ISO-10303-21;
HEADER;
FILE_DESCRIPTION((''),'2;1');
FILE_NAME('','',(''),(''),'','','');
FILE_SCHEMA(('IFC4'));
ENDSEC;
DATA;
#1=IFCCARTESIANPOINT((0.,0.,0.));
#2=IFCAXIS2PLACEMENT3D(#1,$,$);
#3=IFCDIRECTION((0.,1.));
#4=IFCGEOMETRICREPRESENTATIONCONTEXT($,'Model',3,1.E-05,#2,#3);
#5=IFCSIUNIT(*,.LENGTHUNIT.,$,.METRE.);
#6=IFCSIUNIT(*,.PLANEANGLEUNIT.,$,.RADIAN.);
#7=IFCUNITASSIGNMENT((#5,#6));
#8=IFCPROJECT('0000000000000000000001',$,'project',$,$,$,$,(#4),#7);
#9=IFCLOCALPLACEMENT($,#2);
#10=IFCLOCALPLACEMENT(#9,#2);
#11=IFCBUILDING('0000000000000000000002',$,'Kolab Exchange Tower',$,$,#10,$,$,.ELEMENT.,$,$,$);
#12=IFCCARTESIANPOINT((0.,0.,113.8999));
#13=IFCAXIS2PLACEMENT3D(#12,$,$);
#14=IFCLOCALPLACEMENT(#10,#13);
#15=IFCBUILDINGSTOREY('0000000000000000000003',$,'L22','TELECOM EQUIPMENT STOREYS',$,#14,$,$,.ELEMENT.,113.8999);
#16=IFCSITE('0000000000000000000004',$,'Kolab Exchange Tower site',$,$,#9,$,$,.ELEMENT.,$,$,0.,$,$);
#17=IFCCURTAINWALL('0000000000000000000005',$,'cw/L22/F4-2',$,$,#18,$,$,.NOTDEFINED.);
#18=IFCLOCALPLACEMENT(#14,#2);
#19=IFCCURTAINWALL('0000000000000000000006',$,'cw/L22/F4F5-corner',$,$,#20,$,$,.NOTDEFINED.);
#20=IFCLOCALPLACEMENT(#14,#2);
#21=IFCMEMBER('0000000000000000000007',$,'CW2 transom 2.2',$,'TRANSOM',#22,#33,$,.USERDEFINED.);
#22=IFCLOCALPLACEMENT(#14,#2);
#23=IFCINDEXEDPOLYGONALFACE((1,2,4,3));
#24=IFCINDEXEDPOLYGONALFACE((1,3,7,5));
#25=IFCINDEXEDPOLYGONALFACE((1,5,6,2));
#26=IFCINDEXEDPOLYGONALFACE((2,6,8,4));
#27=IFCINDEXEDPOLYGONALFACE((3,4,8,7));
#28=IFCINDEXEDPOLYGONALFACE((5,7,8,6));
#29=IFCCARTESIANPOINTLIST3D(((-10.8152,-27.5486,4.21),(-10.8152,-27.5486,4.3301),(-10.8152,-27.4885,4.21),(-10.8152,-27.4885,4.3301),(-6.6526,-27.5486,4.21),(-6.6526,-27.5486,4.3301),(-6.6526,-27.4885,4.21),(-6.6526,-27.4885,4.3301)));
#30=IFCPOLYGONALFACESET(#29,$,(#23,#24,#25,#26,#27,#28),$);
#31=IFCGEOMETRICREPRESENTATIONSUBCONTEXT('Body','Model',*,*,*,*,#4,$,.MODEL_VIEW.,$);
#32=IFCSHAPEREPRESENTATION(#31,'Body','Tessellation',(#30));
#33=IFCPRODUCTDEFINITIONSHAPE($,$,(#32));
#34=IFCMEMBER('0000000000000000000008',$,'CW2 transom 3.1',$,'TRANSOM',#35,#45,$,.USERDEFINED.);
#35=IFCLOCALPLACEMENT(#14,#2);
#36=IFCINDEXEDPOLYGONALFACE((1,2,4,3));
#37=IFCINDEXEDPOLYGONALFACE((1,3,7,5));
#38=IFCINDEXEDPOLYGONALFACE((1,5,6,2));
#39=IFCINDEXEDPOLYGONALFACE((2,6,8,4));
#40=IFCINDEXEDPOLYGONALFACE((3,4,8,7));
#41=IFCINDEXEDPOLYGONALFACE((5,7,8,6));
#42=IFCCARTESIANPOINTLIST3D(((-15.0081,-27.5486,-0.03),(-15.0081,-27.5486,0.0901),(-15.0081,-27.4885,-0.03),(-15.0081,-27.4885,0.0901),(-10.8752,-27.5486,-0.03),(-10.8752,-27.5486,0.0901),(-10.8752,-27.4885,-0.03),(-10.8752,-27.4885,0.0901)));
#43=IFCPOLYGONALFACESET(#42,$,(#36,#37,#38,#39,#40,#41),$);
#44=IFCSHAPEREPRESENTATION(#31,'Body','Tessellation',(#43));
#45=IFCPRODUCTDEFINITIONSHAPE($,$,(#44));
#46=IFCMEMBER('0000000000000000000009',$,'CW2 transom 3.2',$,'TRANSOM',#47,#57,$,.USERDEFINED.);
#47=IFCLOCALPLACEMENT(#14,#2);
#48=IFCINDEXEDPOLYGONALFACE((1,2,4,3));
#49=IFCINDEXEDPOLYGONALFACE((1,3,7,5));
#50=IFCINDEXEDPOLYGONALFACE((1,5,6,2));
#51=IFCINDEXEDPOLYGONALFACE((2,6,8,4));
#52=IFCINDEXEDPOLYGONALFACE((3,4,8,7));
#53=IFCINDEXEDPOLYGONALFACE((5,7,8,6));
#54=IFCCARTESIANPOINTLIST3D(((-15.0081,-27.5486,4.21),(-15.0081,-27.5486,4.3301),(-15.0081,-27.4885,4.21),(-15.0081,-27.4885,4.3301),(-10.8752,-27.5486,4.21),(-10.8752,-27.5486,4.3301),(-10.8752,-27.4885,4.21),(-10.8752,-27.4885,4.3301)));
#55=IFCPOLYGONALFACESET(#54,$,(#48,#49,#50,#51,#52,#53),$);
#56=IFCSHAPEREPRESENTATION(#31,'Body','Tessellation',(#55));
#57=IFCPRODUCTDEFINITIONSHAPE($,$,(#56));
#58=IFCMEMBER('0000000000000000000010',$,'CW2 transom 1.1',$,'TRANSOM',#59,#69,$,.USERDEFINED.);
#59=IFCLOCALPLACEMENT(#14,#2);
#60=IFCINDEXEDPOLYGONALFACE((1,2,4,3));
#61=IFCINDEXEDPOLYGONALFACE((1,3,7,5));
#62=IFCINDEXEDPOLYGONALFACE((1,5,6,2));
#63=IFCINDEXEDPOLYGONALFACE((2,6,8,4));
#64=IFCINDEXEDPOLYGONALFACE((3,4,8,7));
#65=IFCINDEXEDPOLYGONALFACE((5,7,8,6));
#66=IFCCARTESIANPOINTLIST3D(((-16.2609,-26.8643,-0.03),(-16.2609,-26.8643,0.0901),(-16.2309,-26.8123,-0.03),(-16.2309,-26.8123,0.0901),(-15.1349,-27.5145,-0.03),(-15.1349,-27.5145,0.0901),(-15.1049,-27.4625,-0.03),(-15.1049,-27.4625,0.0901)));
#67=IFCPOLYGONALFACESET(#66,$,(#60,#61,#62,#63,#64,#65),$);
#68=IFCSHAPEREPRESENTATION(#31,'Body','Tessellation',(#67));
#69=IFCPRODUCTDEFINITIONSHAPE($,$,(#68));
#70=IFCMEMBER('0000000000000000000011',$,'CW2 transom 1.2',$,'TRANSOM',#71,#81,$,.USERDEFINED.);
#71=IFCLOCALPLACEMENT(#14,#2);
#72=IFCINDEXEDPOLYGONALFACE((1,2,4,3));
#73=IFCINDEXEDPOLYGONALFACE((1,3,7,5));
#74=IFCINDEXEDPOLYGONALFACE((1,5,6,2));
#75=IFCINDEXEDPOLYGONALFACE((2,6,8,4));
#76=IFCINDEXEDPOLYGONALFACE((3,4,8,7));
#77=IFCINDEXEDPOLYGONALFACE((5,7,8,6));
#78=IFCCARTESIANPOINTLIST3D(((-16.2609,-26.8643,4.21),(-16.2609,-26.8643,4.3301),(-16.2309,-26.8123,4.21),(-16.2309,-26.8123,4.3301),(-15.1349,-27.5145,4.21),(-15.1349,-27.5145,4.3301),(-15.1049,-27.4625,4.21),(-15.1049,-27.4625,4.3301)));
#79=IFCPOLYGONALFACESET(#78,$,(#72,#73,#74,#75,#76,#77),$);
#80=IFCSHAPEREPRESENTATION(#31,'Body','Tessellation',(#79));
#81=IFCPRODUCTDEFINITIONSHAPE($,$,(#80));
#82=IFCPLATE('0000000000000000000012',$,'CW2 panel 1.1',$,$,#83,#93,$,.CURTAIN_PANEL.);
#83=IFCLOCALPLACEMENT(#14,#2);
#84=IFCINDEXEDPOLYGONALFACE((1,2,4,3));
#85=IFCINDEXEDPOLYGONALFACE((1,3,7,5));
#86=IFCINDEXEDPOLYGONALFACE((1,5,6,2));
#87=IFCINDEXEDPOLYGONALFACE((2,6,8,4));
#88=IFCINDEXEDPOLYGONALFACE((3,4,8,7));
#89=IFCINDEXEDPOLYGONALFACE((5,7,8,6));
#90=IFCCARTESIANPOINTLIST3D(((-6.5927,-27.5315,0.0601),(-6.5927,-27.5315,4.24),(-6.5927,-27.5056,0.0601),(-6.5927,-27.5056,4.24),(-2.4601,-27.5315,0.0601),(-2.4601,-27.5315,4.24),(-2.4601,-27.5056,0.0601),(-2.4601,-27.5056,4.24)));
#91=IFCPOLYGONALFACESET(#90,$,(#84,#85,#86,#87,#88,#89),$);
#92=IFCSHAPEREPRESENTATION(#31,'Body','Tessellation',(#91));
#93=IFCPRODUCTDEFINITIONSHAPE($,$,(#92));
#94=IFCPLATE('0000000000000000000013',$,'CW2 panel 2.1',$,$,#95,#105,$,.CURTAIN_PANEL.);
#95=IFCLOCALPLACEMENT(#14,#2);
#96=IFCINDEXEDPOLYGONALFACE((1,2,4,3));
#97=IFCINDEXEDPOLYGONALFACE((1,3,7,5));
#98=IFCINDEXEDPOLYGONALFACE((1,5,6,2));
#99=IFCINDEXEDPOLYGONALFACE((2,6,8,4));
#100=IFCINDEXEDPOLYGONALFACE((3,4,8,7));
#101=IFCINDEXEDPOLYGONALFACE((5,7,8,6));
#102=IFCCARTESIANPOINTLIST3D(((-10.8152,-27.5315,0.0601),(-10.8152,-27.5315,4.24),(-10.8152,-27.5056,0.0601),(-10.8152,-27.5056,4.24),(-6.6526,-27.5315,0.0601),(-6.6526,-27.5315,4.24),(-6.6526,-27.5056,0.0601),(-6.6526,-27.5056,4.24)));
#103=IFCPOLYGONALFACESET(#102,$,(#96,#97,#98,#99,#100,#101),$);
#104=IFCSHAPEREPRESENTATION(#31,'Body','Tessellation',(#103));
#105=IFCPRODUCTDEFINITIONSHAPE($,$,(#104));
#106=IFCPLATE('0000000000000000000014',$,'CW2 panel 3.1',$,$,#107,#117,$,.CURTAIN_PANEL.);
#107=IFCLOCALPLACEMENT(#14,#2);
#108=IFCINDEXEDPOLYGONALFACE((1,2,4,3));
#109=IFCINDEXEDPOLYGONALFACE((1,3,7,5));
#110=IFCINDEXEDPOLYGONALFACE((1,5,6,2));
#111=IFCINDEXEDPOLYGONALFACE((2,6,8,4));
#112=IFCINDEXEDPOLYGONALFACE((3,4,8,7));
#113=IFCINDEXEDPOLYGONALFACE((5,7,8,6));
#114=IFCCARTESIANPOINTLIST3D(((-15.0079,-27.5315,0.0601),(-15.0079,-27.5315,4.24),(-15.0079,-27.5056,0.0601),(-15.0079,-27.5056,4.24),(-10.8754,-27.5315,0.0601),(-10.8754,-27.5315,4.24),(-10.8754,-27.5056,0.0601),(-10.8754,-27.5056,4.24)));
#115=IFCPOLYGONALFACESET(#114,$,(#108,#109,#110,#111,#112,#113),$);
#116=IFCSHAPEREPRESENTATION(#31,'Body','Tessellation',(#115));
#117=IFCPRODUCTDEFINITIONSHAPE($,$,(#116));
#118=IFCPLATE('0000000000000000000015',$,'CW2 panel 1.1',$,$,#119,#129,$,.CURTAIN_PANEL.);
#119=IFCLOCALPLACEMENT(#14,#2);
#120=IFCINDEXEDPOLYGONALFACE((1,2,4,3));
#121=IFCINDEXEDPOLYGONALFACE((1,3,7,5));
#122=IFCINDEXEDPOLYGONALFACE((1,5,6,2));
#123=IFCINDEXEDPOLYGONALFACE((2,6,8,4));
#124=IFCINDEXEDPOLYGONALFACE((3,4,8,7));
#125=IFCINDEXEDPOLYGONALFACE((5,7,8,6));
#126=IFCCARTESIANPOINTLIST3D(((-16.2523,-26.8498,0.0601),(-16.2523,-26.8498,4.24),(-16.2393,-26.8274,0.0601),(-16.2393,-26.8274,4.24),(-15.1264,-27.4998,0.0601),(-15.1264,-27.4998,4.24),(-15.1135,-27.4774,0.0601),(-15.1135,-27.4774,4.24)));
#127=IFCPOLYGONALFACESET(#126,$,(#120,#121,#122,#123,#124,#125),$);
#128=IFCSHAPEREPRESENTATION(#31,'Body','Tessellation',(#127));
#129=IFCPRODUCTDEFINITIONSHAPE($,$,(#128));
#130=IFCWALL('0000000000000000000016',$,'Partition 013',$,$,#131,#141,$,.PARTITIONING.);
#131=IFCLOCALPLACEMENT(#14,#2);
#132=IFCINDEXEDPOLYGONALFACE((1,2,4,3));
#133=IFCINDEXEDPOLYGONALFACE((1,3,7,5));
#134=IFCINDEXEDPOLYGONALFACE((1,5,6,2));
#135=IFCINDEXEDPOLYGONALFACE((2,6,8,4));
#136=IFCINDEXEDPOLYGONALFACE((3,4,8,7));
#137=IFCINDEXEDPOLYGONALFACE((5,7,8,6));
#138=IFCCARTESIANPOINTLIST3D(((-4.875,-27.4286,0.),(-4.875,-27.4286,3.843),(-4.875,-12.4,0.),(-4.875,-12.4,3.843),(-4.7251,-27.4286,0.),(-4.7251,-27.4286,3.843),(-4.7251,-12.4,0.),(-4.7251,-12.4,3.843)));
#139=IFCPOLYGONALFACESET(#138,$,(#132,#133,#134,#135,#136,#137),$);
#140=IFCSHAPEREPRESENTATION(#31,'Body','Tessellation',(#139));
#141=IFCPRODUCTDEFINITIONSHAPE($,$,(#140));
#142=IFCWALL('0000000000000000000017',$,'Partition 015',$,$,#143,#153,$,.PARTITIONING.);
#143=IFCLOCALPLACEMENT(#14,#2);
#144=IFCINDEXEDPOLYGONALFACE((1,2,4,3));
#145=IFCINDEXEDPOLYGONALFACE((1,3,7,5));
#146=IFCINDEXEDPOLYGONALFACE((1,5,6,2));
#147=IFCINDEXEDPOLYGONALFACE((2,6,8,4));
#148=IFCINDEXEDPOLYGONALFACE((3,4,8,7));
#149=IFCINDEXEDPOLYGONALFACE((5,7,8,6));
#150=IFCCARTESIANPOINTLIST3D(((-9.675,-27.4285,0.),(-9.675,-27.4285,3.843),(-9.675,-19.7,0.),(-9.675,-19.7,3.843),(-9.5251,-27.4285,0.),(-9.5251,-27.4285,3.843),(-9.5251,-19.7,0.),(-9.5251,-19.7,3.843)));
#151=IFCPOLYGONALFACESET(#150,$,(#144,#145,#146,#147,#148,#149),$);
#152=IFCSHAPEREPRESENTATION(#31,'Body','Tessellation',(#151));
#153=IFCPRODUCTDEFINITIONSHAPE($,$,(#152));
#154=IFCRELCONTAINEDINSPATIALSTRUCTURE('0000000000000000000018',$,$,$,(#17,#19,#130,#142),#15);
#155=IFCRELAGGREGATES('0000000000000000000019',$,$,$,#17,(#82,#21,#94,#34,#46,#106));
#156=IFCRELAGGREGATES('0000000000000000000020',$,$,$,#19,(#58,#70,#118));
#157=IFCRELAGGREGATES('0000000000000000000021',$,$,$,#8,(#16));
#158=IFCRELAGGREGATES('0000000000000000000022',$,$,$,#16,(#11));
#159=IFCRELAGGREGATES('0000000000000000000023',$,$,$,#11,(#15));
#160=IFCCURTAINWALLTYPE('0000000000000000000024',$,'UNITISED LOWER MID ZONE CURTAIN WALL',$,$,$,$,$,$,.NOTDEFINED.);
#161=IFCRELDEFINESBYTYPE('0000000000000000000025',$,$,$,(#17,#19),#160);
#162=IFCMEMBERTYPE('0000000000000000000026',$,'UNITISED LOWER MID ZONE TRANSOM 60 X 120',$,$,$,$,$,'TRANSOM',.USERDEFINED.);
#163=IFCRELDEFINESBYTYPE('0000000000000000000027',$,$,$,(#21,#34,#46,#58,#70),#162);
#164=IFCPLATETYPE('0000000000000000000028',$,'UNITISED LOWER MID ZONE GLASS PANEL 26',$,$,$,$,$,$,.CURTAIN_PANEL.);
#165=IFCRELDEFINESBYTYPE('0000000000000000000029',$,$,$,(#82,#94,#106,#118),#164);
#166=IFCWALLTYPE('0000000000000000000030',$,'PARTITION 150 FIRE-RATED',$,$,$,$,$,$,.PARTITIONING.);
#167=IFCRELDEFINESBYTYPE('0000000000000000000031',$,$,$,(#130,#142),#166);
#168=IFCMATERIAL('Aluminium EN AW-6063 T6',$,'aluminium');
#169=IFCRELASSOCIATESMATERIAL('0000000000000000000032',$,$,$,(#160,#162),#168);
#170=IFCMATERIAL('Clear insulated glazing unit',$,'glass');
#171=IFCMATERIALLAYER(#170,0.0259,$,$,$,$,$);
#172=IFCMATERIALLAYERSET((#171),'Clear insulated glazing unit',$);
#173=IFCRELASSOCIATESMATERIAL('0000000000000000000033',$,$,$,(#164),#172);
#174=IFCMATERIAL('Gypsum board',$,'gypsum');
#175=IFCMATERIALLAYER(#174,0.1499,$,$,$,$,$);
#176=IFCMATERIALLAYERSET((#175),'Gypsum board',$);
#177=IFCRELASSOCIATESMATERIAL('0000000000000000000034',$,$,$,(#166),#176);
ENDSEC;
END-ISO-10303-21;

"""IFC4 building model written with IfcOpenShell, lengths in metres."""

from ifc_helpers import new_model, si_unit, direction, frame, frame_2d, origin, origin_2d, place, context, subcontext, project, spatial, rectangle, extrude, material, layer, layer_set, material_profile, profile_set, type_object, element, aggregate, save


model = new_model("IFC4")

# Units and contexts
model_context = context("Model", 3, precision=1e-05, world=origin(), true_north=direction((0.0, 1.0)))
body_context = subcontext(model_context, "Body", "Model", "MODEL_VIEW")
ifc_project = project(units=[si_unit("LENGTHUNIT", "METRE"), si_unit("PLANEANGLEUNIT", "RADIAN")], contexts=[model_context])

# Site, building, storey
site_placement = place(None, origin())
site = spatial("IfcSite", under=ifc_project, at=site_placement, Name="Kolab Exchange Tower site", CompositionType="ELEMENT", RefElevation=0.0)
building_placement = place(site_placement, origin())
building = spatial("IfcBuilding", under=site, at=building_placement, Name="Kolab Exchange Tower", CompositionType="ELEMENT")
storey_placement = place(building_placement, frame((0.0, 0.0, 113.8999)))
storey = spatial("IfcBuildingStorey", under=building, at=storey_placement, Name="L22", Description="TELECOM EQUIPMENT STOREYS", CompositionType="ELEMENT", Elevation=113.8999)

# Curtain wall
ifc_material_1 = material(Name="Aluminium EN AW-6063 T6", Category="aluminium")
curtain_wall_type = type_object("IfcCurtainWallType", Name="UNITISED LOWER MID ZONE CURTAIN WALL", PredefinedType="NOTDEFINED", material=ifc_material_1)
curtain_wall_1_placement = place(storey_placement, origin())
curtain_wall_1 = element("IfcCurtainWall", 1, at=curtain_wall_1_placement, inside=storey, type_object=curtain_wall_type, Name="cw/L22/F4-2", PredefinedType="NOTDEFINED")

# Curtain wall
curtain_wall_2_placement = place(storey_placement, origin())
curtain_wall_2 = element("IfcCurtainWall", 2, at=curtain_wall_2_placement, inside=storey, type_object=curtain_wall_type, Name="cw/L22/F4F5-corner", PredefinedType="NOTDEFINED")

# Members
ifc_material_profile_1 = material_profile(ifc_material_1, rectangle(XDim=0.0601, YDim=0.1201, at=origin_2d()), Name="RECT 60X120")
ifc_profile_set_1 = profile_set([ifc_material_profile_1], Name="Aluminium EN AW-6063 T6")
member_type_1 = type_object("IfcMemberType", Name="UNITISED LOWER MID ZONE TRANSOM 60 X 120", ElementType="TRANSOM", PredefinedType="USERDEFINED", material=ifc_profile_set_1)
member_1_placement = place(storey_placement, frame((-6.6526, -27.5186, 4.27), z_axis=(-1.0, 0.0, 0.0), x_axis=(0.0, -1.0, 0.0)))
member_1 = element("IfcMember", 3, at=member_1_placement, type_object=member_type_1, Name="CW2 transom 2.2", ObjectType="TRANSOM", PredefinedType="USERDEFINED", context=body_context, shape_type="SweptSolid", body=[
    extrude(rectangle(XDim=0.0601, YDim=0.1201, at=origin_2d()), origin(), (0.0, 0.0, 1.0), 4.1626),
])
member_2_placement = place(storey_placement, frame((-10.8752, -27.5186, 0.03), z_axis=(-1.0, 0.0, 0.0), x_axis=(0.0, -1.0, 0.0)))
member_2 = element("IfcMember", 4, at=member_2_placement, type_object=member_type_1, Name="CW2 transom 3.1", ObjectType="TRANSOM", PredefinedType="USERDEFINED", context=body_context, shape_type="SweptSolid", body=[
    extrude(rectangle(XDim=0.0601, YDim=0.1201, at=origin_2d()), origin(), (0.0, 0.0, 1.0), 4.1328),
])
member_3_placement = place(storey_placement, frame((-10.8752, -27.5186, 4.27), z_axis=(-1.0, 0.0, 0.0), x_axis=(0.0, -1.0, 0.0)))
member_3 = element("IfcMember", 5, at=member_3_placement, type_object=member_type_1, Name="CW2 transom 3.2", ObjectType="TRANSOM", PredefinedType="USERDEFINED", context=body_context, shape_type="SweptSolid", body=[
    extrude(rectangle(XDim=0.0601, YDim=0.1201, at=origin_2d()), origin(), (0.0, 0.0, 1.0), 4.1328),
])
member_4_placement = place(storey_placement, frame((-15.1199, -27.4885, 0.03), z_axis=(-0.866004, 0.500037, 0.0), x_axis=(-0.500037, -0.866004, 0.0)))
member_4 = element("IfcMember", 6, at=member_4_placement, type_object=member_type_1, Name="CW2 transom 1.1", ObjectType="TRANSOM", PredefinedType="USERDEFINED", context=body_context, shape_type="SweptSolid", body=[
    extrude(rectangle(XDim=0.0601, YDim=0.1201, at=origin_2d()), origin(), (0.0, 0.0, 1.0), 1.3003),
])
member_5_placement = place(storey_placement, frame((-15.1199, -27.4885, 4.27), z_axis=(-0.866004, 0.500037, 0.0), x_axis=(-0.500037, -0.866004, 0.0)))
member_5 = element("IfcMember", 7, at=member_5_placement, type_object=member_type_1, Name="CW2 transom 1.2", ObjectType="TRANSOM", PredefinedType="USERDEFINED", context=body_context, shape_type="SweptSolid", body=[
    extrude(rectangle(XDim=0.0601, YDim=0.1201, at=origin_2d()), origin(), (0.0, 0.0, 1.0), 1.3003),
])

# Plates
ifc_material_2 = material(Name="Clear insulated glazing unit", Category="glass")
ifc_layer_1 = layer(ifc_material_2, 0.0259)
ifc_layer_set_1 = layer_set([ifc_layer_1], Name="Clear insulated glazing unit")
plate_type = type_object("IfcPlateType", Name="UNITISED LOWER MID ZONE GLASS PANEL 26", PredefinedType="CURTAIN_PANEL", material=ifc_layer_set_1)
plate_1_placement = place(storey_placement, frame((-4.5264, -27.5186, 0.0601), z_axis=(0.0, 0.0, 1.0), x_axis=(-1.0, 0.0, 0.0)))
plate_1 = element("IfcPlate", 8, at=plate_1_placement, type_object=plate_type, Name="CW2 panel 1.1", PredefinedType="CURTAIN_PANEL", context=body_context, shape_type="SweptSolid", body=[
    extrude(rectangle(XDim=4.1326, YDim=0.0259, at=origin_2d()), origin(), (0.0, 0.0, 1.0), 4.1799),
])
plate_2_placement = place(storey_placement, frame((-8.7339, -27.5186, 0.0601), z_axis=(0.0, 0.0, 1.0), x_axis=(-1.0, 0.0, 0.0)))
plate_2 = element("IfcPlate", 9, at=plate_2_placement, type_object=plate_type, Name="CW2 panel 2.1", PredefinedType="CURTAIN_PANEL", context=body_context, shape_type="SweptSolid", body=[
    extrude(rectangle(XDim=4.1626, YDim=0.0259, at=origin_2d()), origin(), (0.0, 0.0, 1.0), 4.1799),
])
plate_3_placement = place(storey_placement, frame((-12.9417, -27.5186, 0.0601), z_axis=(0.0, 0.0, 1.0), x_axis=(-1.0, 0.0, 0.0)))
plate_3 = element("IfcPlate", 10, at=plate_3_placement, type_object=plate_type, Name="CW2 panel 3.1", PredefinedType="CURTAIN_PANEL", context=body_context, shape_type="SweptSolid", body=[
    extrude(rectangle(XDim=4.1326, YDim=0.0259, at=origin_2d()), origin(), (0.0, 0.0, 1.0), 4.1799),
])
aggregate(curtain_wall_1, [plate_1, member_1, plate_2, member_2, member_3, plate_3])
plate_4_placement = place(storey_placement, frame((-15.6829, -27.1636, 0.0601), z_axis=(0.0, 0.0, 1.0), x_axis=(-0.866025, 0.5, 0.0)))
plate_4 = element("IfcPlate", 11, at=plate_4_placement, type_object=plate_type, Name="CW2 panel 1.1", PredefinedType="CURTAIN_PANEL", context=body_context, shape_type="SweptSolid", body=[
    extrude(rectangle(XDim=1.3, YDim=0.0259, at=origin_2d()), origin(), (0.0, 0.0, 1.0), 4.1799),
])
aggregate(curtain_wall_2, [member_4, member_5, plate_4])

# Walls
ifc_material_3 = material(Name="Gypsum board", Category="gypsum")
ifc_layer_2 = layer(ifc_material_3, 0.1499)
ifc_layer_set_2 = layer_set([ifc_layer_2], Name="Gypsum board")
wall_type = type_object("IfcWallType", Name="PARTITION 150 FIRE-RATED", PredefinedType="PARTITIONING", material=ifc_layer_set_2)
wall_1_placement = place(storey_placement, frame((-4.8, -27.4285, 0.0), z_axis=(0.0, 0.0, 1.0), x_axis=(0.0, 1.0, 0.0)))
element("IfcWall", 12, at=wall_1_placement, inside=storey, type_object=wall_type, Name="Partition 013", PredefinedType="PARTITIONING", context=body_context, shape_type="SweptSolid", body=[
    extrude(rectangle(XDim=15.0286, YDim=0.1499, at=frame_2d((7.5142, 0.0))), origin(), (0.0, 0.0, 1.0), 3.843),
])
wall_2_placement = place(storey_placement, frame((-9.6001, -27.4285, 0.0), z_axis=(0.0, 0.0, 1.0), x_axis=(0.0, 1.0, 0.0)))
element("IfcWall", 13, at=wall_2_placement, inside=storey, type_object=wall_type, Name="Partition 015", PredefinedType="PARTITIONING", context=body_context, shape_type="SweptSolid", body=[
    extrude(rectangle(XDim=7.7285, YDim=0.1499, at=frame_2d((3.8643, 0.0))), origin(), (0.0, 0.0, 1.0), 3.843),
])

save(model, "model.ifc")
